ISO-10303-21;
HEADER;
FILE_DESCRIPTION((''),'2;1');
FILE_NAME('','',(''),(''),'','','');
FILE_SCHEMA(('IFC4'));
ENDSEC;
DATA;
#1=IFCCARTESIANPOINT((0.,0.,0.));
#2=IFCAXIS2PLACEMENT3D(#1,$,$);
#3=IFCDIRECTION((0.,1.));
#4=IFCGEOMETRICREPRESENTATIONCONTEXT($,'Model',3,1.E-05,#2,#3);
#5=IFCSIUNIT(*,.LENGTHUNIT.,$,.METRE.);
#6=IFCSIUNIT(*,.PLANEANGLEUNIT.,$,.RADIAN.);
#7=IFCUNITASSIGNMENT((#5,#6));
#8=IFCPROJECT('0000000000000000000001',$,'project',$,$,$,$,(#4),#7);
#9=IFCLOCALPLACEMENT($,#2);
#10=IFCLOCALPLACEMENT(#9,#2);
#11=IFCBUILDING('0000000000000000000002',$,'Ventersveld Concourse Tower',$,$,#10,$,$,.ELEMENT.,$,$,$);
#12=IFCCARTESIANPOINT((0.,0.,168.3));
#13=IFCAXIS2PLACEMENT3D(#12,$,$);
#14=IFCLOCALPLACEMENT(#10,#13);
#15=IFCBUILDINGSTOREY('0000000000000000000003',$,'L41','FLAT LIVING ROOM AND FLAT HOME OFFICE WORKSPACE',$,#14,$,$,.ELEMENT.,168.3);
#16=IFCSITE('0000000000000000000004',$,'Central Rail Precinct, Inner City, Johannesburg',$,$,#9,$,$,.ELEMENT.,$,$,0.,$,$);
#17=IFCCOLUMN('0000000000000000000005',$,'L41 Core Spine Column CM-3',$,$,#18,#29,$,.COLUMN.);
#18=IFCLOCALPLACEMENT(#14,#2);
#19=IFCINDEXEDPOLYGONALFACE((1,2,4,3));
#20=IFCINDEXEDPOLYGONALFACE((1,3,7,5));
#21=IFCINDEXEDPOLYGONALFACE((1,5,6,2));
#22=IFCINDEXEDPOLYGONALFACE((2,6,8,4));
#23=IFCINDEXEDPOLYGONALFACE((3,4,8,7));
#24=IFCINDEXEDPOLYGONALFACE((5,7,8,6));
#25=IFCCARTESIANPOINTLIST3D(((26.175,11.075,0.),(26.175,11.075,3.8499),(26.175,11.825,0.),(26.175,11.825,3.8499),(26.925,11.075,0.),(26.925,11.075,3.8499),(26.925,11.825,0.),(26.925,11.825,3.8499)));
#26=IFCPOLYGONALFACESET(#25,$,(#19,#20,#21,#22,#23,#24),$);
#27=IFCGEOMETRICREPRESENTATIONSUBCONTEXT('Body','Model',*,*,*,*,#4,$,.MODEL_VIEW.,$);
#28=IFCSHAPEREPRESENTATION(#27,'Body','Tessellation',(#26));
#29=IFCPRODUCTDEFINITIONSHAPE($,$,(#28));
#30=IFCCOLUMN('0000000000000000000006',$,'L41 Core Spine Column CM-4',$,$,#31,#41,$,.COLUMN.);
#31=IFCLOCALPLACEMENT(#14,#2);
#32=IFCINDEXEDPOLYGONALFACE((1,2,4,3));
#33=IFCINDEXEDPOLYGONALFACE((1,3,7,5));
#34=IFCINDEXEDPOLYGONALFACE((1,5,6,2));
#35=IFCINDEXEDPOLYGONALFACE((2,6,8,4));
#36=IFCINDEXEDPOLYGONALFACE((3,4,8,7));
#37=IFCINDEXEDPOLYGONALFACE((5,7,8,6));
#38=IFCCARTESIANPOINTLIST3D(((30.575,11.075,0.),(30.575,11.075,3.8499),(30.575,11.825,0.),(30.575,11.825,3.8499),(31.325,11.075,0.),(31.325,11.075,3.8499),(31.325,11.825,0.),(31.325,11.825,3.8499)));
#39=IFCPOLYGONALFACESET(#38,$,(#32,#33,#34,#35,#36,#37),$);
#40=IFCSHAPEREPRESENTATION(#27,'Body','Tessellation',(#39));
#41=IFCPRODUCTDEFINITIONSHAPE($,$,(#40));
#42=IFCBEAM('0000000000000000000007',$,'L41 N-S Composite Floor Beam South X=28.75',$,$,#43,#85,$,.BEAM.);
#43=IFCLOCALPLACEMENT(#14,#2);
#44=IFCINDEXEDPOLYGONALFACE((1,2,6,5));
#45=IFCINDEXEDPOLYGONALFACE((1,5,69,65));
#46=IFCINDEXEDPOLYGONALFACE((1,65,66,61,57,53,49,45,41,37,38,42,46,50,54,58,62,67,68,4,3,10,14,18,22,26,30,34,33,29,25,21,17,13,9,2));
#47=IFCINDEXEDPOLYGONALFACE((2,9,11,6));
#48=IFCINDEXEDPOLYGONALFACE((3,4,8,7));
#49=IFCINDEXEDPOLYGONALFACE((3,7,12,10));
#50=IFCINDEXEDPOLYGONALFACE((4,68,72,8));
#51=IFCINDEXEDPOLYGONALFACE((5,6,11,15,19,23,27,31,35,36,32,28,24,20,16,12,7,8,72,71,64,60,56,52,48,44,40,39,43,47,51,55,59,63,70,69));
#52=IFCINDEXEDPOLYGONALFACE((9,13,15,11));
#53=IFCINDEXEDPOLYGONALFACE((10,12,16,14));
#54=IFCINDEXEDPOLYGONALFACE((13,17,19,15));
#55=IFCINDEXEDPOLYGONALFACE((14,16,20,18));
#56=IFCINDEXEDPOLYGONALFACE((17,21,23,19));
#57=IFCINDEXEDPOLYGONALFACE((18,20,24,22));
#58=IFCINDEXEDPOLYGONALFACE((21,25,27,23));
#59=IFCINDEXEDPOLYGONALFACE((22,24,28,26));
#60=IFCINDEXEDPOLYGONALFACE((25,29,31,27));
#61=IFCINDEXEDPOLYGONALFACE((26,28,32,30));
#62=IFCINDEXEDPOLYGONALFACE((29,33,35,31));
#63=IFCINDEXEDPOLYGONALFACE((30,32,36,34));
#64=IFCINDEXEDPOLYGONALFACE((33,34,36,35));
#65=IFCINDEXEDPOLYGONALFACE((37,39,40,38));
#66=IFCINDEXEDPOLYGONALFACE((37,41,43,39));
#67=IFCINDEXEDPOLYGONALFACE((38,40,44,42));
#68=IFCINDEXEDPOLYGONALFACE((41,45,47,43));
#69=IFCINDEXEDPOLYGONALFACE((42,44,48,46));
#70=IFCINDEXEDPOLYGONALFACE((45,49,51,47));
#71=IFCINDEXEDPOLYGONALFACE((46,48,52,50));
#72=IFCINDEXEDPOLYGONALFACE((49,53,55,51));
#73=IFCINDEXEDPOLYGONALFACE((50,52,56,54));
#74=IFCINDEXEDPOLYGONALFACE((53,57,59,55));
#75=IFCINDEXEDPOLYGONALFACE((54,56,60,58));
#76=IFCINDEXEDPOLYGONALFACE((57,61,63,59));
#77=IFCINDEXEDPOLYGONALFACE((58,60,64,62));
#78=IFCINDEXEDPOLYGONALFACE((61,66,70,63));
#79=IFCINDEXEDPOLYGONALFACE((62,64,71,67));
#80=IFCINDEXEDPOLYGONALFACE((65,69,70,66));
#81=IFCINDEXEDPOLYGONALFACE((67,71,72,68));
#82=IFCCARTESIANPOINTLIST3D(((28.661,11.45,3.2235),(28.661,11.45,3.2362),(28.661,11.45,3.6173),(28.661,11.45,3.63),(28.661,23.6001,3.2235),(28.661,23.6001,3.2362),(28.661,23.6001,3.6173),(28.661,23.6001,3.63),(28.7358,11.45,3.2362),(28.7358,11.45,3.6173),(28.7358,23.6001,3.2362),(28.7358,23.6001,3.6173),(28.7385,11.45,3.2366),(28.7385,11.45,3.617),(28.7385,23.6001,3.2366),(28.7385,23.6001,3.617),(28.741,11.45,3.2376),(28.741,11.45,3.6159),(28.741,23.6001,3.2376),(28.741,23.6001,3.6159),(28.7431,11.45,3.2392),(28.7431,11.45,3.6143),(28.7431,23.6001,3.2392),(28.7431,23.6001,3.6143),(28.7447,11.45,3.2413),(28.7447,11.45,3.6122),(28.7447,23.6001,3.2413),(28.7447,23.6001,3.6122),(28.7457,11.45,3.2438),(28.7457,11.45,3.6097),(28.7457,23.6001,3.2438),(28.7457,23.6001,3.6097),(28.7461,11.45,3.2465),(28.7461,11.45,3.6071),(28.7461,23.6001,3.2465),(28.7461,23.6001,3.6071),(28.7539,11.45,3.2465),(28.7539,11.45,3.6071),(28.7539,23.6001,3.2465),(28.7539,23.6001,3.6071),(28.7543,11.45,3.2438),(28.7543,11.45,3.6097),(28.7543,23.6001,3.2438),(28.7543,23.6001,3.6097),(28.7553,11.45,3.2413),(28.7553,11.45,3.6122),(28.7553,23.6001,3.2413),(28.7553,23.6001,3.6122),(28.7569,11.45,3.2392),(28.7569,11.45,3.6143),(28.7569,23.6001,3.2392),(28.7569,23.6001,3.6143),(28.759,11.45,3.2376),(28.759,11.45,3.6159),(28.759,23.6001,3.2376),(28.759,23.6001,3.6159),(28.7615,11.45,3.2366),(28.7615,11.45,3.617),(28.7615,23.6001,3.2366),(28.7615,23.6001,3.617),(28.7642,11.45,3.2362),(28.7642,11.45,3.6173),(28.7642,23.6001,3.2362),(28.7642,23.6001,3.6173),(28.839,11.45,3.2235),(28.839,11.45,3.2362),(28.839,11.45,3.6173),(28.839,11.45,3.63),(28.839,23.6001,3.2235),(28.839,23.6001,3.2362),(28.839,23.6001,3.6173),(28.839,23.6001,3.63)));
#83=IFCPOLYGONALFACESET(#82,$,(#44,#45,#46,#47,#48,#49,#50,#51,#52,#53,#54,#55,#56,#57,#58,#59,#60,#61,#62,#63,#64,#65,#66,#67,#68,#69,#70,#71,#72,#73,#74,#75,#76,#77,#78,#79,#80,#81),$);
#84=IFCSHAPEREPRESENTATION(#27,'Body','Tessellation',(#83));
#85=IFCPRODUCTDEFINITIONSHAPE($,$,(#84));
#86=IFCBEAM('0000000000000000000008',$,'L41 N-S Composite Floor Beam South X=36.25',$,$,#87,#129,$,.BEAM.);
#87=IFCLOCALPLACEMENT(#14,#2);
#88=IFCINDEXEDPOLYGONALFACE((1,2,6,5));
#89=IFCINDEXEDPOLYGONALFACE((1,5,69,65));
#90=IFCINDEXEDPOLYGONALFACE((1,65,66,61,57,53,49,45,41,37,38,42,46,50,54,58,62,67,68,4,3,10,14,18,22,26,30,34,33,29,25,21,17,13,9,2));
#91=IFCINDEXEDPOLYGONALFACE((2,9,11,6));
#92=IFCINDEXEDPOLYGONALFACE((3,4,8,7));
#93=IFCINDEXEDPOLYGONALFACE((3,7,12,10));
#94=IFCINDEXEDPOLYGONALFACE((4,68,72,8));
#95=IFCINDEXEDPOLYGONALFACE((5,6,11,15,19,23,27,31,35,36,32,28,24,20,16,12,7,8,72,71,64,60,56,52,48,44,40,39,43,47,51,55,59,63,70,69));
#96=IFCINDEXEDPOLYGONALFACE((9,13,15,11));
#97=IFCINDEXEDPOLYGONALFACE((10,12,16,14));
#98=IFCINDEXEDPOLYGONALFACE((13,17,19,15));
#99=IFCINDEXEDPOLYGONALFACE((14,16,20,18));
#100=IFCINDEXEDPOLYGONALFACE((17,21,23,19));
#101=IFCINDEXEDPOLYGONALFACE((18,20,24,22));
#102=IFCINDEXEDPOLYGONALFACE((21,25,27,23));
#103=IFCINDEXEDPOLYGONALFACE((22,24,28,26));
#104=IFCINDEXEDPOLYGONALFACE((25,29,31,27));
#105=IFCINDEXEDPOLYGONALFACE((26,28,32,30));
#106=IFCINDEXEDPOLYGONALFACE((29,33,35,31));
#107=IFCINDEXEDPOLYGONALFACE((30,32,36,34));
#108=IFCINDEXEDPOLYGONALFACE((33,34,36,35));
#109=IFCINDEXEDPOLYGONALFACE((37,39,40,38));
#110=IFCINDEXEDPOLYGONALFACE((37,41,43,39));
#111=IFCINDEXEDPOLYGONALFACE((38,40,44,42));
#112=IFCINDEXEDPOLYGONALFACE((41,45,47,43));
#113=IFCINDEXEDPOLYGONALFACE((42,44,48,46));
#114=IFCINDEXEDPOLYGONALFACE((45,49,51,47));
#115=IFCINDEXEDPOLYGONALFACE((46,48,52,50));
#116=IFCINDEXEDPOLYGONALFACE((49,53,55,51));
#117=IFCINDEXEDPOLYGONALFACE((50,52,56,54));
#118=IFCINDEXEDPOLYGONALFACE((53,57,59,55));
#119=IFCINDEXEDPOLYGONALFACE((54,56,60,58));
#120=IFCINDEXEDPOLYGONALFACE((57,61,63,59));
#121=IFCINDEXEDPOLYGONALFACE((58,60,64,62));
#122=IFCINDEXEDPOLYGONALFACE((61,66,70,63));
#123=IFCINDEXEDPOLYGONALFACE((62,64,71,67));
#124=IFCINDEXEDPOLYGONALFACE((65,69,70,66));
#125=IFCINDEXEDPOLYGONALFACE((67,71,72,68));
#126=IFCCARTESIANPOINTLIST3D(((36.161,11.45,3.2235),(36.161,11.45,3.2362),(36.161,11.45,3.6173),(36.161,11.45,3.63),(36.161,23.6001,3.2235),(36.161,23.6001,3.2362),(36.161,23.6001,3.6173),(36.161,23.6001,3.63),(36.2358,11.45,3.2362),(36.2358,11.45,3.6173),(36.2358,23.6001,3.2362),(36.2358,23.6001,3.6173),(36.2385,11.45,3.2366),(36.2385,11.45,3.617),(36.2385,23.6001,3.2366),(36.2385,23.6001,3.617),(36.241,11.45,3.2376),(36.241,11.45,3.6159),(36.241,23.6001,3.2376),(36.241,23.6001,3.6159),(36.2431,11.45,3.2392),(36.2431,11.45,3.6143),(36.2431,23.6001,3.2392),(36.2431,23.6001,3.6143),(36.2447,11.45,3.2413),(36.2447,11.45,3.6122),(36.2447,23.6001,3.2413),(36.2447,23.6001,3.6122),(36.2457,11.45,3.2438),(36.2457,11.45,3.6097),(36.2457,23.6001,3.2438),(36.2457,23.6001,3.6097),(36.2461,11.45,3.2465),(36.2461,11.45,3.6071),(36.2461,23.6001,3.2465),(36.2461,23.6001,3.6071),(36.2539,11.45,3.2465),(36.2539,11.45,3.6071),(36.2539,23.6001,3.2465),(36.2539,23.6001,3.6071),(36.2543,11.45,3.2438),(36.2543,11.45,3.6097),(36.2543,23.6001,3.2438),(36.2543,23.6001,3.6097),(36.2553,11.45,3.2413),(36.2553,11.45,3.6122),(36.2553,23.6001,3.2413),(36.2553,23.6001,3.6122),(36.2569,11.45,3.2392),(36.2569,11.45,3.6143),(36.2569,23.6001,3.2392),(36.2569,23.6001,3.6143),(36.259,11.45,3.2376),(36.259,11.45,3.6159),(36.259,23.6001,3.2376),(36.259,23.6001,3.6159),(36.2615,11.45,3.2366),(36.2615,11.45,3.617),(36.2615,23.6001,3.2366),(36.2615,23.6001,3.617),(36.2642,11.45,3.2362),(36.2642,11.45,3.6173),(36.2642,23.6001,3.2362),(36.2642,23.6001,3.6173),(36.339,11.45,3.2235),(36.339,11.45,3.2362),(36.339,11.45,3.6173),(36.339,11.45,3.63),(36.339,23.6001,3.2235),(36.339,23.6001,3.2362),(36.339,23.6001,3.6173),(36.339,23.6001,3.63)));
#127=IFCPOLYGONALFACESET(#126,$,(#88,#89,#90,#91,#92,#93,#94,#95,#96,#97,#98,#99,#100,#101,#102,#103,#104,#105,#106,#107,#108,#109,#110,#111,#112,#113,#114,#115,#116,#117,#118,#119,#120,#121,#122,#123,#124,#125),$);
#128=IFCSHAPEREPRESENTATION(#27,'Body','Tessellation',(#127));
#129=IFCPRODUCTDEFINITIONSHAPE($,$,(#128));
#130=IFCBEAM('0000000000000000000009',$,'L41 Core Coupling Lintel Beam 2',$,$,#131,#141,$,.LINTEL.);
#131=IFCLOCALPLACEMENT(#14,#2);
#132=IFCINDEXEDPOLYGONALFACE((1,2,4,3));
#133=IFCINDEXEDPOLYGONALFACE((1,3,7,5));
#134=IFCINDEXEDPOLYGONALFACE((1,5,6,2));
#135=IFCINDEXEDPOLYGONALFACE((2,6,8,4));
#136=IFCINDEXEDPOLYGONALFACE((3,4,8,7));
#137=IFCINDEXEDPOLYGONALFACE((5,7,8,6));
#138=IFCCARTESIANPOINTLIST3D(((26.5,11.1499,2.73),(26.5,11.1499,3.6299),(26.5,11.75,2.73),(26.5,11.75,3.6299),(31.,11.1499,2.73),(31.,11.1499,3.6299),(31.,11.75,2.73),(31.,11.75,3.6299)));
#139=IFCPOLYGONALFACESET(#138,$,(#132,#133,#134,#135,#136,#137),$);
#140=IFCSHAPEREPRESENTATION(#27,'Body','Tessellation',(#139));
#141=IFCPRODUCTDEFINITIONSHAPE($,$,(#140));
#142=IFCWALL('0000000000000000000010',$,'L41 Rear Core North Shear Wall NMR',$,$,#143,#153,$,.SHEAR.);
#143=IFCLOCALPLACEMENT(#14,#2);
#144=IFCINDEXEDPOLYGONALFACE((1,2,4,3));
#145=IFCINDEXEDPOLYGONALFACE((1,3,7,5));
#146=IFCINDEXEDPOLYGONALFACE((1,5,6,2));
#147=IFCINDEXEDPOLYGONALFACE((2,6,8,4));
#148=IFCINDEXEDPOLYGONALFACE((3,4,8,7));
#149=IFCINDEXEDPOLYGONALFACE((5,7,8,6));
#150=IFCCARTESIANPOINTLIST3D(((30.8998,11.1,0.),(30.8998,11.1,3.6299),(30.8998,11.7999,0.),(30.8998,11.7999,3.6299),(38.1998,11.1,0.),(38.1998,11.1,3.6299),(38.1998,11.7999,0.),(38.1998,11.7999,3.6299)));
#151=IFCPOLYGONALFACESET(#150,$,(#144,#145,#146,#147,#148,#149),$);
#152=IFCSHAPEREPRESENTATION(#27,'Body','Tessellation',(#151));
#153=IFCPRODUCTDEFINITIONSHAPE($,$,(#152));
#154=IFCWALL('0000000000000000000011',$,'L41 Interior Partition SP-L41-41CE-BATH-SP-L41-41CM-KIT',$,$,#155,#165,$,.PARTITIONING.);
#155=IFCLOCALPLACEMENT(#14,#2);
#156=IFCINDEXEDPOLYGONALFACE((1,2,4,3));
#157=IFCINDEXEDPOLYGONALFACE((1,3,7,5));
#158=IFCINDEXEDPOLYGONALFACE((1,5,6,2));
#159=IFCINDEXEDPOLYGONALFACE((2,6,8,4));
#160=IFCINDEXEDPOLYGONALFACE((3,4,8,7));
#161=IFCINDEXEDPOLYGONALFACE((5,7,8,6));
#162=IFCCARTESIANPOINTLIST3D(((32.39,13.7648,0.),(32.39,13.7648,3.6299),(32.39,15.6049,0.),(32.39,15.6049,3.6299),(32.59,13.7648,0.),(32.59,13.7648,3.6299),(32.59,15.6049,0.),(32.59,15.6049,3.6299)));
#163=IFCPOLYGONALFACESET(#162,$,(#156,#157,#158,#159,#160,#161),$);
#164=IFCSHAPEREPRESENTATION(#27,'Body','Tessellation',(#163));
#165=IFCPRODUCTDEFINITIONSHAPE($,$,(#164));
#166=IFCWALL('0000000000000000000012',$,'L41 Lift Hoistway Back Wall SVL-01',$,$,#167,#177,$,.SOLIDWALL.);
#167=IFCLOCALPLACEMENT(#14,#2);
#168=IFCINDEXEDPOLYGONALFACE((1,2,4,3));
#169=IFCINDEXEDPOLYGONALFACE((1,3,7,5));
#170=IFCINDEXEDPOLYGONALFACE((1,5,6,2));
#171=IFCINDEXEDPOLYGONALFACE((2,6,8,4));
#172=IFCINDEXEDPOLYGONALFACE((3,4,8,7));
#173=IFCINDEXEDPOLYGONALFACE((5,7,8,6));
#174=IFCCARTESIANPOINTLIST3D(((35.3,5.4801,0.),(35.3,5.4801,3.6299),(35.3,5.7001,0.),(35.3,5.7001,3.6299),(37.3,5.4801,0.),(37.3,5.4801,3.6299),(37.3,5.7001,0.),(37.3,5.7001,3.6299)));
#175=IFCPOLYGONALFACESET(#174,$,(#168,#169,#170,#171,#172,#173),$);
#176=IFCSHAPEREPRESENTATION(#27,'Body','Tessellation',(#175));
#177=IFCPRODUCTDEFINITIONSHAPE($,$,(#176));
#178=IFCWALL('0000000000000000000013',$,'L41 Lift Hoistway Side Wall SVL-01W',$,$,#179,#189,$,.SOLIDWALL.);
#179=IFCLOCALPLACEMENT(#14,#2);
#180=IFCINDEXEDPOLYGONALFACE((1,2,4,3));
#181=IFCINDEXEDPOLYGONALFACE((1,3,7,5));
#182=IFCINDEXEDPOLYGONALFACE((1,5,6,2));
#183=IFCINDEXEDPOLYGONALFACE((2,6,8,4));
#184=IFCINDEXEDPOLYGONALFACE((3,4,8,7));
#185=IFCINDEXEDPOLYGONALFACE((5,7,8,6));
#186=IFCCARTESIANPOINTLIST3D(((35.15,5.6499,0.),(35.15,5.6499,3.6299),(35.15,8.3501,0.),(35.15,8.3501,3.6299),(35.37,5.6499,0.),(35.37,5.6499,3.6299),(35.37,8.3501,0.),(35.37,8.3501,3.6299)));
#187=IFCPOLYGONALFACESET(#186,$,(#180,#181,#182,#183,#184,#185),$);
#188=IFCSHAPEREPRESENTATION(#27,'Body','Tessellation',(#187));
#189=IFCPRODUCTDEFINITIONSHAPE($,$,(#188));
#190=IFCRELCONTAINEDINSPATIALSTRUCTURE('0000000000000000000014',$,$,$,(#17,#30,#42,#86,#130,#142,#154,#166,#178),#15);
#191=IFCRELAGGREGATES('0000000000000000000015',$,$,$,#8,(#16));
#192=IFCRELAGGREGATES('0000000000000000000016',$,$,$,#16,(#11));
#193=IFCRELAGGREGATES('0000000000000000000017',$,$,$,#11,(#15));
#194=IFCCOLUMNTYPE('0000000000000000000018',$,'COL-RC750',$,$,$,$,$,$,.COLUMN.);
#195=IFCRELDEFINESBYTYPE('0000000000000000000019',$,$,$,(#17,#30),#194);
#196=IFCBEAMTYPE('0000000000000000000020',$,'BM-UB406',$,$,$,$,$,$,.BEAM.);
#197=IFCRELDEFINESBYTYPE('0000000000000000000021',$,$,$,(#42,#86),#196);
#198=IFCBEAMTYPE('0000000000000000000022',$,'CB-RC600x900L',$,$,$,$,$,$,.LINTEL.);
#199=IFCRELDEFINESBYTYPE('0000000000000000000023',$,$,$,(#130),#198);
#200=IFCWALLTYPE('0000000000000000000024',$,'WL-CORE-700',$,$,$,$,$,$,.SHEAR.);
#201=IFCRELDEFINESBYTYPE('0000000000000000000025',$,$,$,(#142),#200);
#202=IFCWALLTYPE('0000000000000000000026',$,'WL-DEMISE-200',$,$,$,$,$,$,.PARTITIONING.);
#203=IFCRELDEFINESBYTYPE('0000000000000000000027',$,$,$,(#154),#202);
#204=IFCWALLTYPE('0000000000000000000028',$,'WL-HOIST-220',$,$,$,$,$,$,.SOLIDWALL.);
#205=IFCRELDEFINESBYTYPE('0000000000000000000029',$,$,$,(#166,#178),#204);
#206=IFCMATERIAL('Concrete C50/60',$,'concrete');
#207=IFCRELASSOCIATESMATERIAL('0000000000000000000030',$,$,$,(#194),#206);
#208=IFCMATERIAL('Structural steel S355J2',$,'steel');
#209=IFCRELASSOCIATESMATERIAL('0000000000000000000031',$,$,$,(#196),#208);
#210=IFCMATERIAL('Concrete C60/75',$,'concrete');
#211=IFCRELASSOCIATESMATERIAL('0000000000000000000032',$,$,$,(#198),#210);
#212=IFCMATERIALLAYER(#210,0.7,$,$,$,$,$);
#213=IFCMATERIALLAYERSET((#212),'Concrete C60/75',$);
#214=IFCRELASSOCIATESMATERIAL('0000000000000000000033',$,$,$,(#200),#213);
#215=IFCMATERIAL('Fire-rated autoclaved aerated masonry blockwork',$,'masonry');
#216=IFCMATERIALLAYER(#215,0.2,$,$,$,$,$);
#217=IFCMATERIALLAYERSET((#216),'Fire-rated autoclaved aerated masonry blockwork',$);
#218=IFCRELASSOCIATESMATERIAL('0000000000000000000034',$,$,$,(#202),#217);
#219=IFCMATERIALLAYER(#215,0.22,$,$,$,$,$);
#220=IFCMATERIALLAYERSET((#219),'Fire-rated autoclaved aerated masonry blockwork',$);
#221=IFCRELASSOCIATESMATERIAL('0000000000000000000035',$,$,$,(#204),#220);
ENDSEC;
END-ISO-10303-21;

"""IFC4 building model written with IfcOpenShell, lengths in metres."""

from ifc_helpers import new_model, si_unit, direction, frame, frame_2d, origin, origin_2d, place, context, subcontext, project, spatial, rectangle, i_section, extrude, material, layer, layer_set, material_profile, profile_set, type_object, element, save


model = new_model("IFC4")

# Units and contexts
model_context = context("Model", 3, precision=1e-05, world=origin(), true_north=direction((0.0, 1.0)))
body_context = subcontext(model_context, "Body", "Model", "MODEL_VIEW")
ifc_project = project(units=[si_unit("LENGTHUNIT", "METRE"), si_unit("PLANEANGLEUNIT", "RADIAN")], contexts=[model_context])

# Site, building, storey
site_placement = place(None, origin())
site = spatial("IfcSite", under=ifc_project, at=site_placement, Name="Central Rail Precinct, Inner City, Johannesburg", CompositionType="ELEMENT", RefElevation=0.0)
building_placement = place(site_placement, origin())
building = spatial("IfcBuilding", under=site, at=building_placement, Name="Ventersveld Concourse Tower", CompositionType="ELEMENT")
storey_placement = place(building_placement, frame((0.0, 0.0, 168.3)))
storey = spatial("IfcBuildingStorey", under=building, at=storey_placement, Name="L41", Description="FLAT LIVING ROOM AND FLAT HOME OFFICE WORKSPACE", CompositionType="ELEMENT", Elevation=168.3)

# Columns
ifc_material_1 = material(Name="Concrete C50/60", Category="concrete")
ifc_material_profile_1 = material_profile(ifc_material_1, rectangle(XDim=0.75, YDim=0.75, at=origin_2d()), Name="RC 750x750")
ifc_profile_set_1 = profile_set([ifc_material_profile_1], Name="Concrete C50/60")
column_type = type_object("IfcColumnType", Name="COL-RC750", PredefinedType="COLUMN", material=ifc_profile_set_1)
for number, where, z_axis, x_axis, name in (
    (1, (26.55, 11.45, 0.0), (0.0, 0.0, 1.0), (1.0, 0.0, 0.0), "L41 Core Spine Column CM-3"),
    (2, (30.95, 11.45, 0.0), (0.0, 0.0, 1.0), (1.0, 0.0, 0.0), "L41 Core Spine Column CM-4"),
):
    element("IfcColumn", number, at=place(storey_placement, frame(where, z_axis=z_axis, x_axis=x_axis)), inside=storey, type_object=column_type, Name=name, PredefinedType="COLUMN", context=body_context, shape_type="SweptSolid", body=[
        extrude(rectangle(XDim=0.75, YDim=0.75, at=origin_2d()), origin(), (0.0, 0.0, 1.0), 3.8499),
    ])

# Beams
ifc_material_2 = material(Name="Structural steel S355J2", Category="steel")
ifc_material_profile_2 = material_profile(ifc_material_2, i_section(OverallWidth=0.178, OverallDepth=0.4065, WebThickness=0.0078, FlangeThickness=0.0127, FilletRadius=0.0103, at=origin_2d()), Name="UB 406x178x60")
ifc_profile_set_2 = profile_set([ifc_material_profile_2], Name="Structural steel S355J2")
beam_type_1 = type_object("IfcBeamType", Name="BM-UB406", PredefinedType="BEAM", material=ifc_profile_set_2)
for number, where, z_axis, x_axis, name in (
    (3, (28.75, 11.45, 3.4268), (0.0, 1.0, 0.0), (-1.0, 0.0, 0.0), "L41 N-S Composite Floor Beam South X=28.75"),
    (4, (36.25, 11.45, 3.4268), (0.0, 1.0, 0.0), (-1.0, 0.0, 0.0), "L41 N-S Composite Floor Beam South X=36.25"),
):
    element("IfcBeam", number, at=place(storey_placement, frame(where, z_axis=z_axis, x_axis=x_axis)), inside=storey, type_object=beam_type_1, Name=name, PredefinedType="BEAM", context=body_context, shape_type="SweptSolid", body=[
        extrude(i_section(OverallWidth=0.178, OverallDepth=0.4065, WebThickness=0.0078, FlangeThickness=0.0127, FilletRadius=0.0103, at=origin_2d()), origin(), (0.0, 0.0, 1.0), 12.1501),
    ])
ifc_material_3 = material(Name="Concrete C60/75", Category="concrete")
ifc_material_profile_3 = material_profile(ifc_material_3, rectangle(XDim=0.6001, YDim=0.8999, at=origin_2d()), Name="RC 600x900")
ifc_profile_set_3 = profile_set([ifc_material_profile_3], Name="Concrete C60/75")
beam_type_2 = type_object("IfcBeamType", Name="CB-RC600x900L", PredefinedType="LINTEL", material=ifc_profile_set_3)
beam_placement = place(storey_placement, frame((26.5, 11.45, 3.1799), z_axis=(1.0, 0.0, 0.0), x_axis=(0.0, 1.0, 0.0)))
element("IfcBeam", 5, at=beam_placement, inside=storey, type_object=beam_type_2, Name="L41 Core Coupling Lintel Beam 2", PredefinedType="LINTEL", context=body_context, shape_type="SweptSolid", body=[
    extrude(rectangle(XDim=0.6001, YDim=0.8999, at=origin_2d()), origin(), (0.0, 0.0, 1.0), 4.5),
])

# Walls
ifc_layer_1 = layer(ifc_material_3, 0.7)
ifc_layer_set_1 = layer_set([ifc_layer_1], Name="Concrete C60/75")
wall_type_1 = type_object("IfcWallType", Name="WL-CORE-700", PredefinedType="SHEAR", material=ifc_layer_set_1)
wall_1_placement = place(storey_placement, frame((30.8999, 11.45, 0.0), z_axis=(0.0, 0.0, 1.0), x_axis=(1.0, 0.0, 0.0)))
element("IfcWall", 6, at=wall_1_placement, inside=storey, type_object=wall_type_1, Name="L41 Rear Core North Shear Wall NMR", PredefinedType="SHEAR", context=body_context, shape_type="SweptSolid", body=[
    extrude(rectangle(XDim=7.3, YDim=0.7, at=frame_2d((3.6499, 0.0))), origin(), (0.0, 0.0, 1.0), 3.6299),
])
ifc_material_4 = material(Name="Fire-rated autoclaved aerated masonry blockwork", Category="masonry")
ifc_layer_2 = layer(ifc_material_4, 0.2)
ifc_layer_set_2 = layer_set([ifc_layer_2], Name="Fire-rated autoclaved aerated masonry blockwork")
wall_type_2 = type_object("IfcWallType", Name="WL-DEMISE-200", PredefinedType="PARTITIONING", material=ifc_layer_set_2)
wall_2_placement = place(storey_placement, frame((32.49, 13.7649, 0.0), z_axis=(0.0, 0.0, 1.0), x_axis=(0.0, 1.0, 0.0)))
element("IfcWall", 7, at=wall_2_placement, inside=storey, type_object=wall_type_2, Name="L41 Interior Partition SP-L41-41CE-BATH-SP-L41-41CM-KIT", PredefinedType="PARTITIONING", context=body_context, shape_type="SweptSolid", body=[
    extrude(rectangle(XDim=1.8401, YDim=0.2, at=frame_2d((0.9199, 0.0))), origin(), (0.0, 0.0, 1.0), 3.6299),
])
ifc_layer_3 = layer(ifc_material_4, 0.22)
ifc_layer_set_3 = layer_set([ifc_layer_3], Name="Fire-rated autoclaved aerated masonry blockwork")
wall_type_3 = type_object("IfcWallType", Name="WL-HOIST-220", PredefinedType="SOLIDWALL", material=ifc_layer_set_3)
wall_3_placement = place(storey_placement, frame((35.3, 5.5901, 0.0), z_axis=(0.0, 0.0, 1.0), x_axis=(1.0, 0.0, 0.0)))
element("IfcWall", 8, at=wall_3_placement, inside=storey, type_object=wall_type_3, Name="L41 Lift Hoistway Back Wall SVL-01", PredefinedType="SOLIDWALL", context=body_context, shape_type="SweptSolid", body=[
    extrude(rectangle(XDim=2.0, YDim=0.22, at=frame_2d((1.0, 0.0))), origin(), (0.0, 0.0, 1.0), 3.6299),
])
wall_4_placement = place(storey_placement, frame((35.26, 5.6499, 0.0), z_axis=(0.0, 0.0, 1.0), x_axis=(0.0, 1.0, 0.0)))
element("IfcWall", 9, at=wall_4_placement, inside=storey, type_object=wall_type_3, Name="L41 Lift Hoistway Side Wall SVL-01W", PredefinedType="SOLIDWALL", context=body_context, shape_type="SweptSolid", body=[
    extrude(rectangle(XDim=2.7002, YDim=0.22, at=frame_2d((1.3501, 0.0))), origin(), (0.0, 0.0, 1.0), 3.6299),
])

save(model, "model.ifc")
